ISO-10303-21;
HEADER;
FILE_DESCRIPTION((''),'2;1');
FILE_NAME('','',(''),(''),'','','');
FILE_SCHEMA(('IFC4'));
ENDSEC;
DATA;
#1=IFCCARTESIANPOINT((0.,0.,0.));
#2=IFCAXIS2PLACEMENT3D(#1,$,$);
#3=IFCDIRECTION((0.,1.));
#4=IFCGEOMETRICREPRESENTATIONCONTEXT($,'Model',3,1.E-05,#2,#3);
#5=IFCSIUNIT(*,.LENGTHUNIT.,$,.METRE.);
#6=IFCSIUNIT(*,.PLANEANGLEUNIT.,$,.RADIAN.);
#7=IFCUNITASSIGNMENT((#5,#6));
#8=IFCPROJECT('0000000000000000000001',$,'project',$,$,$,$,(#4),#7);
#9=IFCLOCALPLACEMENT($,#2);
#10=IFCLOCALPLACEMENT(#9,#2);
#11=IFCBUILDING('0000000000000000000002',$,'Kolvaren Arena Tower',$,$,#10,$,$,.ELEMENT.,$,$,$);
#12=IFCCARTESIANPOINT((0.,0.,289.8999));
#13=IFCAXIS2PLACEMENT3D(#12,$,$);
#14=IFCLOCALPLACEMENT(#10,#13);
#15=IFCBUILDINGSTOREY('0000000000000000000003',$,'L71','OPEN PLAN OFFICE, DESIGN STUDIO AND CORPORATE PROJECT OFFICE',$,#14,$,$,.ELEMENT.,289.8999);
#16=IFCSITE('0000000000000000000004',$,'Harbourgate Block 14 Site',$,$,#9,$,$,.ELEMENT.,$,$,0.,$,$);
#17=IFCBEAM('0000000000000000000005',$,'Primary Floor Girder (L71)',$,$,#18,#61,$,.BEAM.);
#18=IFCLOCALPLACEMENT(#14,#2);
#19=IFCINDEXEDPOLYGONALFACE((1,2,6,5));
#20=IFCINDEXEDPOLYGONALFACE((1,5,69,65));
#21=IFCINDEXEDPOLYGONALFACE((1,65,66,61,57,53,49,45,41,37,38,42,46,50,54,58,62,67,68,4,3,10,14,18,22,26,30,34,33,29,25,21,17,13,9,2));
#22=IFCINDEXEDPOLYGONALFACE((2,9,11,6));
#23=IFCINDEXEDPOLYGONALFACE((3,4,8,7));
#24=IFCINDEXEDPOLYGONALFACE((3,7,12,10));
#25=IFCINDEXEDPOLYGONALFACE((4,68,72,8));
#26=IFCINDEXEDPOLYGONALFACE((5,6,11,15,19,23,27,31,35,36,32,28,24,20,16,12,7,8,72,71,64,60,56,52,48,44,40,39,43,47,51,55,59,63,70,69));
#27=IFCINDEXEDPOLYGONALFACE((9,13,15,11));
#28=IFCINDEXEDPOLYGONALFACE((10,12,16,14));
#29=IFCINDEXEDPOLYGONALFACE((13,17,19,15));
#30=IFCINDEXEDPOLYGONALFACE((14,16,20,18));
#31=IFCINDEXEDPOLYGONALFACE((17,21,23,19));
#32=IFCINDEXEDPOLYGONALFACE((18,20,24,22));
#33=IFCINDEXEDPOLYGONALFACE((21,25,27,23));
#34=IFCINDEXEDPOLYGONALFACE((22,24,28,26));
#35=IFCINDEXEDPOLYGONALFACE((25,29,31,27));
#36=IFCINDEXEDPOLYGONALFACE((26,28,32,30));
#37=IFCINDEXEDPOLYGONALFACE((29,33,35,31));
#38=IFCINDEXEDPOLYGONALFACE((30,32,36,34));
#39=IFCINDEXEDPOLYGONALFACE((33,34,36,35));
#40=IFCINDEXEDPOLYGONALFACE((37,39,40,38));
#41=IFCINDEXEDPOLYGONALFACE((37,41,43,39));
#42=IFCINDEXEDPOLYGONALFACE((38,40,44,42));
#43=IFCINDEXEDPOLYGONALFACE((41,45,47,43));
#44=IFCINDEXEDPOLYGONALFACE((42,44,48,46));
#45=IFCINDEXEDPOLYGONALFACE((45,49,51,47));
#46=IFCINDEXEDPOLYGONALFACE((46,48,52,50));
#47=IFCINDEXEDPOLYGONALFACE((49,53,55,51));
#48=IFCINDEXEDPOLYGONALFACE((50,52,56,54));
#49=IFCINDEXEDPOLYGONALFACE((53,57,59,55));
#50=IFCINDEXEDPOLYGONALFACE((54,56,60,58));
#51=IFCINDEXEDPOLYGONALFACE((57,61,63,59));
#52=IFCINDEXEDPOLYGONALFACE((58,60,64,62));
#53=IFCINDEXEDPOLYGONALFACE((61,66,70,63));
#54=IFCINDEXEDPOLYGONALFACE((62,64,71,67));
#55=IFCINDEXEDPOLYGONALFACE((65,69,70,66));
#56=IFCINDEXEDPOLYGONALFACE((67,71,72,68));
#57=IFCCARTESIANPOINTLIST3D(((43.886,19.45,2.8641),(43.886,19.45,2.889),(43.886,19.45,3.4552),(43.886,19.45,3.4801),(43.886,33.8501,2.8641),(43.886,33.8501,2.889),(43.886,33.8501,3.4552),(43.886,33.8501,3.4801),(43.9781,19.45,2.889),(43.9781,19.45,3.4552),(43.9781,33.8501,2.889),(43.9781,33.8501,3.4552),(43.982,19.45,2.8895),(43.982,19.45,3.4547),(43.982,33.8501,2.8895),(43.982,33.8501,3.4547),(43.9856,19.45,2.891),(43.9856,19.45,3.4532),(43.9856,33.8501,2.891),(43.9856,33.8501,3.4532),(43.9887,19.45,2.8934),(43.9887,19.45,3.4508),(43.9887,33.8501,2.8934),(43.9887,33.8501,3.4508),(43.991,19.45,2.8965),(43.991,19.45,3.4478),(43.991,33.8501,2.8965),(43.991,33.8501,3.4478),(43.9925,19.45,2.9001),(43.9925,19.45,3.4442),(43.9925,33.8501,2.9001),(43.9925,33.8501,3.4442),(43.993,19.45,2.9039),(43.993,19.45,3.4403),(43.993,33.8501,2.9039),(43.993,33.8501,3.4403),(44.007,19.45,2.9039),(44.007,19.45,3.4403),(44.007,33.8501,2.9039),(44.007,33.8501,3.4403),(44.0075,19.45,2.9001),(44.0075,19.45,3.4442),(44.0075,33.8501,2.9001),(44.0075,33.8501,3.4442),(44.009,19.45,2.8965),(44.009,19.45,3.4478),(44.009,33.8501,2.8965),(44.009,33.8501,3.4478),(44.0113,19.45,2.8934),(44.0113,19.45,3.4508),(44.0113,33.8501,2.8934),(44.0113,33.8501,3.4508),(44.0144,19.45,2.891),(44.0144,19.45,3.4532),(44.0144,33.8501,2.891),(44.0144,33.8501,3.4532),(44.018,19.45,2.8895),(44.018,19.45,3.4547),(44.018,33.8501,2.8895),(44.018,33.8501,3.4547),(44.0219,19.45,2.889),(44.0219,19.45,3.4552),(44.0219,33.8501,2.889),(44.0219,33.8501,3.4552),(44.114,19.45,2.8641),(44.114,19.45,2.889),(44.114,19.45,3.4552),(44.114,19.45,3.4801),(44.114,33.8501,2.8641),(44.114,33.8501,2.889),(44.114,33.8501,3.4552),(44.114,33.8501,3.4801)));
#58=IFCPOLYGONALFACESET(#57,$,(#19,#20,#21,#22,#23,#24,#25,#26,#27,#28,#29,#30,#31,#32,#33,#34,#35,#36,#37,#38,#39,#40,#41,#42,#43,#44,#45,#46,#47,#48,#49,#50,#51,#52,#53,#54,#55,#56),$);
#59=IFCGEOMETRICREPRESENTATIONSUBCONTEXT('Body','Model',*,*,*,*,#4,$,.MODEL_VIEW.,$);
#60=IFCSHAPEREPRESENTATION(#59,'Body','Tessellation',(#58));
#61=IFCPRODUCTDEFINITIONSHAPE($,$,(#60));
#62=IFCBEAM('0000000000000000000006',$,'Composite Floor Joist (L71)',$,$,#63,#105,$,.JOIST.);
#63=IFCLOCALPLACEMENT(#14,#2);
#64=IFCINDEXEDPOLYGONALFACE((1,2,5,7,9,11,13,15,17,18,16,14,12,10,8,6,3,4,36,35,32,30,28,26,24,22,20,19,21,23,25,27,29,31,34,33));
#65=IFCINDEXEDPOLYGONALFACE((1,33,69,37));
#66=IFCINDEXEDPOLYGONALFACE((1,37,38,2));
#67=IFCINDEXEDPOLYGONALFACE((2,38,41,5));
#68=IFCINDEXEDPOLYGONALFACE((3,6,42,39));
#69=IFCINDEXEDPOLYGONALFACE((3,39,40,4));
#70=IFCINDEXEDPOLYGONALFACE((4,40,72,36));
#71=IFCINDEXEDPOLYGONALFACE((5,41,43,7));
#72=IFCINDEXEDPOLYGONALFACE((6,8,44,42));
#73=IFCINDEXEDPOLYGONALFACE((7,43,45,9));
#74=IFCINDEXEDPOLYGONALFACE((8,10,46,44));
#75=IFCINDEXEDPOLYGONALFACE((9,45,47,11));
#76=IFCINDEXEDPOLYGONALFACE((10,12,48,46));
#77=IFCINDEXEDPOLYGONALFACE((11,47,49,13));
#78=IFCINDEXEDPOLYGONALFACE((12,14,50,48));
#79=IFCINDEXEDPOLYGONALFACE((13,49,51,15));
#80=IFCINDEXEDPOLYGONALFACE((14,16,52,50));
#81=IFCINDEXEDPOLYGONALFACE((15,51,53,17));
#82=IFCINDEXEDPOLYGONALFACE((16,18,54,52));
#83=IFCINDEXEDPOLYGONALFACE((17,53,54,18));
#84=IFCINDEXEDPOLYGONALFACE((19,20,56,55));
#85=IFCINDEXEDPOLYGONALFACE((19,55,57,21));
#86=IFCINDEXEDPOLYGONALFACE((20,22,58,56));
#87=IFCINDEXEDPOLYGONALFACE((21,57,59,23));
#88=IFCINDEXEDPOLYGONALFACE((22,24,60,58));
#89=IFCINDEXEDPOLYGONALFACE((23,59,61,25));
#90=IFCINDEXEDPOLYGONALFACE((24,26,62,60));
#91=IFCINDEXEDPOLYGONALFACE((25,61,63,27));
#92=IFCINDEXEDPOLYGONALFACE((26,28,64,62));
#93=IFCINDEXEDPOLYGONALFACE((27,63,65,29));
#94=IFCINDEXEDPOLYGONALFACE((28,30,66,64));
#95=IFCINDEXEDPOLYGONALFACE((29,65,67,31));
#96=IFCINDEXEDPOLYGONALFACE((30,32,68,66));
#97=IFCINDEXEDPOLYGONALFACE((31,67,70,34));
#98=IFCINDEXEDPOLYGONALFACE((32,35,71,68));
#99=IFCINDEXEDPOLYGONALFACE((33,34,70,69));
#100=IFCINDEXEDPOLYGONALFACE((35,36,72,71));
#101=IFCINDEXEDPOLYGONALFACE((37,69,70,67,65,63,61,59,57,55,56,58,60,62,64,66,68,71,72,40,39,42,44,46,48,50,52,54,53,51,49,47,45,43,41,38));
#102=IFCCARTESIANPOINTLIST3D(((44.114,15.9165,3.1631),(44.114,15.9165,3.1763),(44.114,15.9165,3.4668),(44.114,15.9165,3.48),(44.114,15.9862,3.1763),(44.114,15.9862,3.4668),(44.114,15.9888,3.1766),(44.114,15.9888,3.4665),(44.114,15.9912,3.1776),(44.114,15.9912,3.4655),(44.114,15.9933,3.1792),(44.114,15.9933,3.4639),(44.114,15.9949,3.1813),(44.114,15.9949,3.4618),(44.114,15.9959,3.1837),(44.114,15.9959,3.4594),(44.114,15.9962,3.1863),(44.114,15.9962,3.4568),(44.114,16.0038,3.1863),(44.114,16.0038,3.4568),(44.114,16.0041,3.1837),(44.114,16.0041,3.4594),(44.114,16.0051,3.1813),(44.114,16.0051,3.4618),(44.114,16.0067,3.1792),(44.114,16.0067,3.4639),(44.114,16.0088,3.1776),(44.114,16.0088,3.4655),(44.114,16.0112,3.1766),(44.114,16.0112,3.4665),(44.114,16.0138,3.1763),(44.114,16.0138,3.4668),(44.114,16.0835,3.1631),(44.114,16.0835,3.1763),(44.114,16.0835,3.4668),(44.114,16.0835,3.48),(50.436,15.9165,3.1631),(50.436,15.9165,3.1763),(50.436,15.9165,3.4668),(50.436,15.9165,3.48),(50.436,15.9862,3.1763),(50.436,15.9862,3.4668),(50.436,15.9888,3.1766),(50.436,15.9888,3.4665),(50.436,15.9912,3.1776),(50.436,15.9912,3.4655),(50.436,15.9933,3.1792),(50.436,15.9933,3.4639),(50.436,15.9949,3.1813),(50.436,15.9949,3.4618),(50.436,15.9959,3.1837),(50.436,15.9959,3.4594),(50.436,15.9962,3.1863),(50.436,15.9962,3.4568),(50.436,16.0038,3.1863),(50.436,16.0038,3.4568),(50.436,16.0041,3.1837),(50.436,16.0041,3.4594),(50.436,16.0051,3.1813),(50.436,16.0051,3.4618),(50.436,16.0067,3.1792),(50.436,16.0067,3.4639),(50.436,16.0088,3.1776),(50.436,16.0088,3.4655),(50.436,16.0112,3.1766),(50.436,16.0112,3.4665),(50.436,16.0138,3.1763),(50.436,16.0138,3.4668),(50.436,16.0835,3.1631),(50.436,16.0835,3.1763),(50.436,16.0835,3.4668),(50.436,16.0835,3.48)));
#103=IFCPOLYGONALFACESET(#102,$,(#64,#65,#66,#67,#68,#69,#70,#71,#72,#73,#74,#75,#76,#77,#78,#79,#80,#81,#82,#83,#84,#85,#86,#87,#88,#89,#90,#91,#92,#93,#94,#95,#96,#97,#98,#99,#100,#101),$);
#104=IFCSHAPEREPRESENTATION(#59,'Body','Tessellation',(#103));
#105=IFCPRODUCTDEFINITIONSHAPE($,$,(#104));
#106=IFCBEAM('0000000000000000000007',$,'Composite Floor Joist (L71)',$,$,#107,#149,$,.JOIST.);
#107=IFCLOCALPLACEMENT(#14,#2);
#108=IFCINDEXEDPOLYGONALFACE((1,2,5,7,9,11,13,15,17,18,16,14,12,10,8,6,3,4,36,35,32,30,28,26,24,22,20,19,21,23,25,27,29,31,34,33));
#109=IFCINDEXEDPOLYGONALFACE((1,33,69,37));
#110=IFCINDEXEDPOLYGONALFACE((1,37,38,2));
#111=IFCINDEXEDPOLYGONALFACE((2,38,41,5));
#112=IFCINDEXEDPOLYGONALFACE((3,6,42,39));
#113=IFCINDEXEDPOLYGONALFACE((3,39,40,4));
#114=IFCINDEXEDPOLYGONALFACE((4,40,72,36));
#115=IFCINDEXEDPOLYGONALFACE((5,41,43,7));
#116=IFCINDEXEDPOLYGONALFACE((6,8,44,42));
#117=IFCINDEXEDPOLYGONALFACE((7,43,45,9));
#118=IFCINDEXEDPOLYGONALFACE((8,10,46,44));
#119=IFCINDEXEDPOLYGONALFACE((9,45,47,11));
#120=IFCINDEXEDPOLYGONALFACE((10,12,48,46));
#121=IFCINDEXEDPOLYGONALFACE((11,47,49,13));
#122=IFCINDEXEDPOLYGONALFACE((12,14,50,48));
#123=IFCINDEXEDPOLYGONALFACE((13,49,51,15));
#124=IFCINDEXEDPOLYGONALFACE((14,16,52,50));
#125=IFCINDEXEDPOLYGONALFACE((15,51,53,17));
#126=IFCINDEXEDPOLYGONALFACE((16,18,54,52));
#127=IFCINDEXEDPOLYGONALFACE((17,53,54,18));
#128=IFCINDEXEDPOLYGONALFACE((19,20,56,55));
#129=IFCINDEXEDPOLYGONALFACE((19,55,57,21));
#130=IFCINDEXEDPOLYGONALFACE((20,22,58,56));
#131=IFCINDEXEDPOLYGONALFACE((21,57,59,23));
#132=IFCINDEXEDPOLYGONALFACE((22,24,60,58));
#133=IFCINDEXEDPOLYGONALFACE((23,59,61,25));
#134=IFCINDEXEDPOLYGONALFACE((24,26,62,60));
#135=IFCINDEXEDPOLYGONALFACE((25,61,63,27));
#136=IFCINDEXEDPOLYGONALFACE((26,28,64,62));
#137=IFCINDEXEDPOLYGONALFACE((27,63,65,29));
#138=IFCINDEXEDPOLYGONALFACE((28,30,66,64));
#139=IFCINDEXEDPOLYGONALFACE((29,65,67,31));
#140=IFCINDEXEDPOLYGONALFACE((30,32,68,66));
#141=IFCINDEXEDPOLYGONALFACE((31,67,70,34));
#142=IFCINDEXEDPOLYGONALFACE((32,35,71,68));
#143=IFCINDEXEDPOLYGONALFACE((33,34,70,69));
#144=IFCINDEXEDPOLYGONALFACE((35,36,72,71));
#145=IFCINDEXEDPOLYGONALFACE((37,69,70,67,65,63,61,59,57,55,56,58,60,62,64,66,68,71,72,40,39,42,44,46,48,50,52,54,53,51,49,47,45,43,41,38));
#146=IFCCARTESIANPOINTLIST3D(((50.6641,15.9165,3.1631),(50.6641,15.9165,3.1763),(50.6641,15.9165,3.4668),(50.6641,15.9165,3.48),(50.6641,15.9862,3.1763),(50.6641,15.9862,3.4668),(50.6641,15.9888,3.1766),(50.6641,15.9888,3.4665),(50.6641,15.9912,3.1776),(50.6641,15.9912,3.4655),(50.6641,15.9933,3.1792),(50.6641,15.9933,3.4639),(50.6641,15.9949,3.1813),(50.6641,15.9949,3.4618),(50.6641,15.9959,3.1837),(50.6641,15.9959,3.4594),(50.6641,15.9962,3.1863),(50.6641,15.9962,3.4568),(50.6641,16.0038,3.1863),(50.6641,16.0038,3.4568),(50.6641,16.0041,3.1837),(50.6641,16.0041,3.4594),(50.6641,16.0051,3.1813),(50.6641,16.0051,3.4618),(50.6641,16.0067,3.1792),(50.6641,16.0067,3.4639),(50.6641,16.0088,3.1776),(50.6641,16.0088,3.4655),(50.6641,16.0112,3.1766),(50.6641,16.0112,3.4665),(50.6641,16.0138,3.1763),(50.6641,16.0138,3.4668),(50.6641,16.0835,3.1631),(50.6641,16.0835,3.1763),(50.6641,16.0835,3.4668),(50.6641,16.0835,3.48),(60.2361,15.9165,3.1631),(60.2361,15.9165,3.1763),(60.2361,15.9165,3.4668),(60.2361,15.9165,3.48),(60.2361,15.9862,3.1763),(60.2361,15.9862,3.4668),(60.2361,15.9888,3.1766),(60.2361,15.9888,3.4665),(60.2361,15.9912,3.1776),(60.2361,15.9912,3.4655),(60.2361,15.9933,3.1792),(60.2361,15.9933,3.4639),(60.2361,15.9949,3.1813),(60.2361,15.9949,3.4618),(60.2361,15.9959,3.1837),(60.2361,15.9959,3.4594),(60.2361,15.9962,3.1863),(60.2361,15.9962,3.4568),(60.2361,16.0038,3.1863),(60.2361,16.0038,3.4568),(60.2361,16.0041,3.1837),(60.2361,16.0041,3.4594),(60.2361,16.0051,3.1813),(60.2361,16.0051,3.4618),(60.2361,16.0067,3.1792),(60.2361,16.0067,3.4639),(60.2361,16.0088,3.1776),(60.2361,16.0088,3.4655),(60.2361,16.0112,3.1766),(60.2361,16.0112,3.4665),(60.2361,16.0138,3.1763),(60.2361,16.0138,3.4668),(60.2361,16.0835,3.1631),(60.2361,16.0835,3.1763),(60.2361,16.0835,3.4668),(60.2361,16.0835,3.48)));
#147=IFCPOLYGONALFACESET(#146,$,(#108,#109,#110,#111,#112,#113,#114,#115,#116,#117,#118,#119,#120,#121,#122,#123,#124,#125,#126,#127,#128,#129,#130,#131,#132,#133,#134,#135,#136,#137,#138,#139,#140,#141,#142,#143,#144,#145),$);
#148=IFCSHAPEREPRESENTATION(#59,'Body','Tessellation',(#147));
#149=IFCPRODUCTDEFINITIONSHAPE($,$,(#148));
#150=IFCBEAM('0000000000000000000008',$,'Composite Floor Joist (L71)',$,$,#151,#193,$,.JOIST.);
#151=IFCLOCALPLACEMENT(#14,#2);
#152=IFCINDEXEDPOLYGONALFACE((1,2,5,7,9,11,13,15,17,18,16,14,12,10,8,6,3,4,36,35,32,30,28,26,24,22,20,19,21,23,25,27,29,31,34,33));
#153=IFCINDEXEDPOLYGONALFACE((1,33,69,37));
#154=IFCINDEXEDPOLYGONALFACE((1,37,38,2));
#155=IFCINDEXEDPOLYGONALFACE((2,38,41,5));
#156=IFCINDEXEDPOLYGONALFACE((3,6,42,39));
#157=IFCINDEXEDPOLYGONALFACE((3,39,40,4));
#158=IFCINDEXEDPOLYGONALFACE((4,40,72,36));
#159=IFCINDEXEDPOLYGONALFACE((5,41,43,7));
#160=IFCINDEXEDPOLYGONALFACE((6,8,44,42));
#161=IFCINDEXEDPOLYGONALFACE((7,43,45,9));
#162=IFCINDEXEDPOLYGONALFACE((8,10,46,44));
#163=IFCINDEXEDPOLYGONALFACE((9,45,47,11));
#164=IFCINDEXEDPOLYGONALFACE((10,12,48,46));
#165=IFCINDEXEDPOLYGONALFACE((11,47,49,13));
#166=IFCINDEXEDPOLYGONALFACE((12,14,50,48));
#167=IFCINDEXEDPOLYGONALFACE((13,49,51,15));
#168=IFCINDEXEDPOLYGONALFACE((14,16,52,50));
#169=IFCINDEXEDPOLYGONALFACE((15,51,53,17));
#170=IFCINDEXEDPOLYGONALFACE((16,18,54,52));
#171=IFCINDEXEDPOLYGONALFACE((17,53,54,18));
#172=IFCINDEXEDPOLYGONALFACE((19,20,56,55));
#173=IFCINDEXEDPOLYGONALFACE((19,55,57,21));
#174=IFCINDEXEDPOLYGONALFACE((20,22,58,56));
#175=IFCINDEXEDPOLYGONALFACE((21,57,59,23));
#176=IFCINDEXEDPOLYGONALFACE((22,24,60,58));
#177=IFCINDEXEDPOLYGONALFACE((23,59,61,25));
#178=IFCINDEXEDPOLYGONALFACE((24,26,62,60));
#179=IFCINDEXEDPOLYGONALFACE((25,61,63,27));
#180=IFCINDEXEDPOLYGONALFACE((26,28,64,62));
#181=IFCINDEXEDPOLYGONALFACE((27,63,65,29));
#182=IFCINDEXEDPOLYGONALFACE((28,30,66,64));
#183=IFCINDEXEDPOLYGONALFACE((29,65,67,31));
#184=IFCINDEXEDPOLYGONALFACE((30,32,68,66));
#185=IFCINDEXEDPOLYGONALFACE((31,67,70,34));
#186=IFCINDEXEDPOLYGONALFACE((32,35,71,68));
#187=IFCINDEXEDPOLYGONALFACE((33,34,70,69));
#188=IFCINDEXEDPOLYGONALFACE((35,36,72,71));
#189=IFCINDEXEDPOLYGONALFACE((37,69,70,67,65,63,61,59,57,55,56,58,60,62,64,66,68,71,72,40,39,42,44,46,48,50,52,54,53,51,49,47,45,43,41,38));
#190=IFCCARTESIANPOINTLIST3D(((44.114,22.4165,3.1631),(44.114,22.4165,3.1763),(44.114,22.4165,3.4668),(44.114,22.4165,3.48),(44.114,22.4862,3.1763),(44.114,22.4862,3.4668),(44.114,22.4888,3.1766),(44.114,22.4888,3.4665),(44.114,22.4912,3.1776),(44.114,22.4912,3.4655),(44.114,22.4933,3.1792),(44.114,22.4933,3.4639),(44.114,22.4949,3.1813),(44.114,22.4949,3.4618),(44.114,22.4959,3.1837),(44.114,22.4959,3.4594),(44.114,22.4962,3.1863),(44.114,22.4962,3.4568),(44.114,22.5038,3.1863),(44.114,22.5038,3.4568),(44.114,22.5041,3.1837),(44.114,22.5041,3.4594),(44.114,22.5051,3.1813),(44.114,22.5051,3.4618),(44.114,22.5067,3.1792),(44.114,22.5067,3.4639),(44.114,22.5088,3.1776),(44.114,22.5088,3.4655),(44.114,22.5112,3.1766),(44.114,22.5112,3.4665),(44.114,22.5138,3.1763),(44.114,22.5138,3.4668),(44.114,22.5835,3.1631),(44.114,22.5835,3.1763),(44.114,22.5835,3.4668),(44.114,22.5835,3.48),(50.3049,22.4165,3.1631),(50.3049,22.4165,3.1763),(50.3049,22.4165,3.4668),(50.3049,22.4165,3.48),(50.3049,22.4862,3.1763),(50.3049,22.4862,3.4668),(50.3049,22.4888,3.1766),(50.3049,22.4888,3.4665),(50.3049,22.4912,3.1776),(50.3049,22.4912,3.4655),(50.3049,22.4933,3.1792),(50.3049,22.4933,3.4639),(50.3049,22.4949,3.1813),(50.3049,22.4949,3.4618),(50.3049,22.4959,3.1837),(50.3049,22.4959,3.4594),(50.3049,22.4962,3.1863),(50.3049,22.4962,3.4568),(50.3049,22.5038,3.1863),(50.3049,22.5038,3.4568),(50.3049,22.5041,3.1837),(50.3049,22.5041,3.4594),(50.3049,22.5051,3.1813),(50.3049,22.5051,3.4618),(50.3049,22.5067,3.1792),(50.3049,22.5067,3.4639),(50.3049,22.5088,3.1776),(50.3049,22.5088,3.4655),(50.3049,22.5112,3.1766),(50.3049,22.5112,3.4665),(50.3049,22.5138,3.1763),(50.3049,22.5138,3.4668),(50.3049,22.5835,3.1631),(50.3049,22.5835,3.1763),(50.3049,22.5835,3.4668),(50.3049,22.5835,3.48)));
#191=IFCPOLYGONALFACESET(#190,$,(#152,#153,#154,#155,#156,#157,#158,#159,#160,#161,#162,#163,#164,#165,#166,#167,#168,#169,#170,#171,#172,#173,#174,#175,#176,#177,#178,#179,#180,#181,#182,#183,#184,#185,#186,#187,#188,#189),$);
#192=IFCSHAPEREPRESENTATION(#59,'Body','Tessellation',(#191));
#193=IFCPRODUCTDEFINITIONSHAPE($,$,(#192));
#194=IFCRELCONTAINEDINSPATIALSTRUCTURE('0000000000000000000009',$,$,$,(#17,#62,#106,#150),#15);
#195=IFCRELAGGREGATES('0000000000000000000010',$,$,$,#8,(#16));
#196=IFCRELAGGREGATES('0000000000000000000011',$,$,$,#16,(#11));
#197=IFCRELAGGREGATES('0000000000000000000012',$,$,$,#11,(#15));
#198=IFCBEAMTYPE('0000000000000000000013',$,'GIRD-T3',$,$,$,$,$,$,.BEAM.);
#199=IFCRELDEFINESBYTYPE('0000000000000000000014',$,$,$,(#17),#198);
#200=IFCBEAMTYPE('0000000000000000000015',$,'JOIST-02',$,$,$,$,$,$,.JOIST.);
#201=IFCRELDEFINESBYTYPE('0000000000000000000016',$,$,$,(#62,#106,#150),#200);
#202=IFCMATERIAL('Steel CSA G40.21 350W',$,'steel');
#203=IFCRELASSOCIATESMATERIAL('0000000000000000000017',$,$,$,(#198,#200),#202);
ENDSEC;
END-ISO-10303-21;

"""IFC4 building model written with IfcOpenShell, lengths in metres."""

from ifc_helpers import new_model, si_unit, direction, frame, origin, origin_2d, place, context, subcontext, project, spatial, i_section, extrude, material, material_profile, profile_set, type_object, element, save


model = new_model("IFC4")

# Units and contexts
model_context = context("Model", 3, precision=1e-05, world=origin(), true_north=direction((0.0, 1.0)))
body_context = subcontext(model_context, "Body", "Model", "MODEL_VIEW")
ifc_project = project(units=[si_unit("LENGTHUNIT", "METRE"), si_unit("PLANEANGLEUNIT", "RADIAN")], contexts=[model_context])

# Site, building, storey
site_placement = place(None, origin())
site = spatial("IfcSite", under=ifc_project, at=site_placement, Name="Harbourgate Block 14 Site", CompositionType="ELEMENT", RefElevation=0.0)
building_placement = place(site_placement, origin())
building = spatial("IfcBuilding", under=site, at=building_placement, Name="Kolvaren Arena Tower", CompositionType="ELEMENT")
storey_placement = place(building_placement, frame((0.0, 0.0, 289.8999)))
storey = spatial("IfcBuildingStorey", under=building, at=storey_placement, Name="L71", Description="OPEN PLAN OFFICE, DESIGN STUDIO AND CORPORATE PROJECT OFFICE", CompositionType="ELEMENT", Elevation=289.8999)

# Beams
ifc_material_1 = material(Name="Steel CSA G40.21 350W", Category="steel")
ifc_material_profile_1 = material_profile(ifc_material_1, i_section(OverallWidth=0.228, OverallDepth=0.616, WebThickness=0.0139, FlangeThickness=0.0249, FilletRadius=0.0149, at=origin_2d()), Name="W610x174")
ifc_profile_set_1 = profile_set([ifc_material_profile_1], Name="Steel CSA G40.21 350W")
beam_type_1 = type_object("IfcBeamType", Name="GIRD-T3", PredefinedType="BEAM", material=ifc_profile_set_1)
beam_1_placement = place(storey_placement, frame((44.0, 19.45, 3.1721), z_axis=(0.0, 1.0, 0.0), x_axis=(-1.0, 0.0, 0.0)))
element("IfcBeam", 1, at=beam_1_placement, inside=storey, type_object=beam_type_1, Name="Primary Floor Girder (L71)", PredefinedType="BEAM", context=body_context, shape_type="SweptSolid", body=[
    extrude(i_section(OverallWidth=0.228, OverallDepth=0.616, WebThickness=0.0139, FlangeThickness=0.0249, FilletRadius=0.0149, at=origin_2d()), origin(), (0.0, 0.0, 1.0), 14.4001),
])
ifc_material_profile_2 = material_profile(ifc_material_1, i_section(OverallWidth=0.167, OverallDepth=0.3169, WebThickness=0.0076, FlangeThickness=0.0132, FilletRadius=0.01, at=origin_2d()), Name="W310x52")
ifc_profile_set_2 = profile_set([ifc_material_profile_2], Name="Steel CSA G40.21 350W")
beam_type_2 = type_object("IfcBeamType", Name="JOIST-02", PredefinedType="JOIST", material=ifc_profile_set_2)
beam_2_placement = place(storey_placement, frame((44.114, 16.0, 3.3215), z_axis=(1.0, 0.0, 0.0), x_axis=(0.0, 1.0, 0.0)))
element("IfcBeam", 2, at=beam_2_placement, inside=storey, type_object=beam_type_2, Name="Composite Floor Joist (L71)", PredefinedType="JOIST", context=body_context, shape_type="SweptSolid", body=[
    extrude(i_section(OverallWidth=0.167, OverallDepth=0.3169, WebThickness=0.0076, FlangeThickness=0.0132, FilletRadius=0.01, at=origin_2d()), origin(), (0.0, 0.0, 1.0), 6.322),
])
beam_3_placement = place(storey_placement, frame((50.6641, 16.0, 3.3215), z_axis=(1.0, 0.0, 0.0), x_axis=(0.0, 1.0, 0.0)))
element("IfcBeam", 3, at=beam_3_placement, inside=storey, type_object=beam_type_2, Name="Composite Floor Joist (L71)", PredefinedType="JOIST", context=body_context, shape_type="SweptSolid", body=[
    extrude(i_section(OverallWidth=0.167, OverallDepth=0.3169, WebThickness=0.0076, FlangeThickness=0.0132, FilletRadius=0.01, at=origin_2d()), origin(), (0.0, 0.0, 1.0), 9.572),
])
for number, where, z_axis, x_axis, name in (
    (4, (44.114, 22.5, 3.3215), (1.0, 0.0, 0.0), (0.0, 1.0, 0.0), "Composite Floor Joist (L71)"),
):
    element("IfcBeam", number, at=place(storey_placement, frame(where, z_axis=z_axis, x_axis=x_axis)), inside=storey, type_object=beam_type_2, Name=name, PredefinedType="JOIST", context=body_context, shape_type="SweptSolid", body=[
        extrude(i_section(OverallWidth=0.167, OverallDepth=0.3169, WebThickness=0.0076, FlangeThickness=0.0132, FilletRadius=0.01, at=origin_2d()), origin(), (0.0, 0.0, 1.0), 6.1909),
    ])

save(model, "model.ifc")
